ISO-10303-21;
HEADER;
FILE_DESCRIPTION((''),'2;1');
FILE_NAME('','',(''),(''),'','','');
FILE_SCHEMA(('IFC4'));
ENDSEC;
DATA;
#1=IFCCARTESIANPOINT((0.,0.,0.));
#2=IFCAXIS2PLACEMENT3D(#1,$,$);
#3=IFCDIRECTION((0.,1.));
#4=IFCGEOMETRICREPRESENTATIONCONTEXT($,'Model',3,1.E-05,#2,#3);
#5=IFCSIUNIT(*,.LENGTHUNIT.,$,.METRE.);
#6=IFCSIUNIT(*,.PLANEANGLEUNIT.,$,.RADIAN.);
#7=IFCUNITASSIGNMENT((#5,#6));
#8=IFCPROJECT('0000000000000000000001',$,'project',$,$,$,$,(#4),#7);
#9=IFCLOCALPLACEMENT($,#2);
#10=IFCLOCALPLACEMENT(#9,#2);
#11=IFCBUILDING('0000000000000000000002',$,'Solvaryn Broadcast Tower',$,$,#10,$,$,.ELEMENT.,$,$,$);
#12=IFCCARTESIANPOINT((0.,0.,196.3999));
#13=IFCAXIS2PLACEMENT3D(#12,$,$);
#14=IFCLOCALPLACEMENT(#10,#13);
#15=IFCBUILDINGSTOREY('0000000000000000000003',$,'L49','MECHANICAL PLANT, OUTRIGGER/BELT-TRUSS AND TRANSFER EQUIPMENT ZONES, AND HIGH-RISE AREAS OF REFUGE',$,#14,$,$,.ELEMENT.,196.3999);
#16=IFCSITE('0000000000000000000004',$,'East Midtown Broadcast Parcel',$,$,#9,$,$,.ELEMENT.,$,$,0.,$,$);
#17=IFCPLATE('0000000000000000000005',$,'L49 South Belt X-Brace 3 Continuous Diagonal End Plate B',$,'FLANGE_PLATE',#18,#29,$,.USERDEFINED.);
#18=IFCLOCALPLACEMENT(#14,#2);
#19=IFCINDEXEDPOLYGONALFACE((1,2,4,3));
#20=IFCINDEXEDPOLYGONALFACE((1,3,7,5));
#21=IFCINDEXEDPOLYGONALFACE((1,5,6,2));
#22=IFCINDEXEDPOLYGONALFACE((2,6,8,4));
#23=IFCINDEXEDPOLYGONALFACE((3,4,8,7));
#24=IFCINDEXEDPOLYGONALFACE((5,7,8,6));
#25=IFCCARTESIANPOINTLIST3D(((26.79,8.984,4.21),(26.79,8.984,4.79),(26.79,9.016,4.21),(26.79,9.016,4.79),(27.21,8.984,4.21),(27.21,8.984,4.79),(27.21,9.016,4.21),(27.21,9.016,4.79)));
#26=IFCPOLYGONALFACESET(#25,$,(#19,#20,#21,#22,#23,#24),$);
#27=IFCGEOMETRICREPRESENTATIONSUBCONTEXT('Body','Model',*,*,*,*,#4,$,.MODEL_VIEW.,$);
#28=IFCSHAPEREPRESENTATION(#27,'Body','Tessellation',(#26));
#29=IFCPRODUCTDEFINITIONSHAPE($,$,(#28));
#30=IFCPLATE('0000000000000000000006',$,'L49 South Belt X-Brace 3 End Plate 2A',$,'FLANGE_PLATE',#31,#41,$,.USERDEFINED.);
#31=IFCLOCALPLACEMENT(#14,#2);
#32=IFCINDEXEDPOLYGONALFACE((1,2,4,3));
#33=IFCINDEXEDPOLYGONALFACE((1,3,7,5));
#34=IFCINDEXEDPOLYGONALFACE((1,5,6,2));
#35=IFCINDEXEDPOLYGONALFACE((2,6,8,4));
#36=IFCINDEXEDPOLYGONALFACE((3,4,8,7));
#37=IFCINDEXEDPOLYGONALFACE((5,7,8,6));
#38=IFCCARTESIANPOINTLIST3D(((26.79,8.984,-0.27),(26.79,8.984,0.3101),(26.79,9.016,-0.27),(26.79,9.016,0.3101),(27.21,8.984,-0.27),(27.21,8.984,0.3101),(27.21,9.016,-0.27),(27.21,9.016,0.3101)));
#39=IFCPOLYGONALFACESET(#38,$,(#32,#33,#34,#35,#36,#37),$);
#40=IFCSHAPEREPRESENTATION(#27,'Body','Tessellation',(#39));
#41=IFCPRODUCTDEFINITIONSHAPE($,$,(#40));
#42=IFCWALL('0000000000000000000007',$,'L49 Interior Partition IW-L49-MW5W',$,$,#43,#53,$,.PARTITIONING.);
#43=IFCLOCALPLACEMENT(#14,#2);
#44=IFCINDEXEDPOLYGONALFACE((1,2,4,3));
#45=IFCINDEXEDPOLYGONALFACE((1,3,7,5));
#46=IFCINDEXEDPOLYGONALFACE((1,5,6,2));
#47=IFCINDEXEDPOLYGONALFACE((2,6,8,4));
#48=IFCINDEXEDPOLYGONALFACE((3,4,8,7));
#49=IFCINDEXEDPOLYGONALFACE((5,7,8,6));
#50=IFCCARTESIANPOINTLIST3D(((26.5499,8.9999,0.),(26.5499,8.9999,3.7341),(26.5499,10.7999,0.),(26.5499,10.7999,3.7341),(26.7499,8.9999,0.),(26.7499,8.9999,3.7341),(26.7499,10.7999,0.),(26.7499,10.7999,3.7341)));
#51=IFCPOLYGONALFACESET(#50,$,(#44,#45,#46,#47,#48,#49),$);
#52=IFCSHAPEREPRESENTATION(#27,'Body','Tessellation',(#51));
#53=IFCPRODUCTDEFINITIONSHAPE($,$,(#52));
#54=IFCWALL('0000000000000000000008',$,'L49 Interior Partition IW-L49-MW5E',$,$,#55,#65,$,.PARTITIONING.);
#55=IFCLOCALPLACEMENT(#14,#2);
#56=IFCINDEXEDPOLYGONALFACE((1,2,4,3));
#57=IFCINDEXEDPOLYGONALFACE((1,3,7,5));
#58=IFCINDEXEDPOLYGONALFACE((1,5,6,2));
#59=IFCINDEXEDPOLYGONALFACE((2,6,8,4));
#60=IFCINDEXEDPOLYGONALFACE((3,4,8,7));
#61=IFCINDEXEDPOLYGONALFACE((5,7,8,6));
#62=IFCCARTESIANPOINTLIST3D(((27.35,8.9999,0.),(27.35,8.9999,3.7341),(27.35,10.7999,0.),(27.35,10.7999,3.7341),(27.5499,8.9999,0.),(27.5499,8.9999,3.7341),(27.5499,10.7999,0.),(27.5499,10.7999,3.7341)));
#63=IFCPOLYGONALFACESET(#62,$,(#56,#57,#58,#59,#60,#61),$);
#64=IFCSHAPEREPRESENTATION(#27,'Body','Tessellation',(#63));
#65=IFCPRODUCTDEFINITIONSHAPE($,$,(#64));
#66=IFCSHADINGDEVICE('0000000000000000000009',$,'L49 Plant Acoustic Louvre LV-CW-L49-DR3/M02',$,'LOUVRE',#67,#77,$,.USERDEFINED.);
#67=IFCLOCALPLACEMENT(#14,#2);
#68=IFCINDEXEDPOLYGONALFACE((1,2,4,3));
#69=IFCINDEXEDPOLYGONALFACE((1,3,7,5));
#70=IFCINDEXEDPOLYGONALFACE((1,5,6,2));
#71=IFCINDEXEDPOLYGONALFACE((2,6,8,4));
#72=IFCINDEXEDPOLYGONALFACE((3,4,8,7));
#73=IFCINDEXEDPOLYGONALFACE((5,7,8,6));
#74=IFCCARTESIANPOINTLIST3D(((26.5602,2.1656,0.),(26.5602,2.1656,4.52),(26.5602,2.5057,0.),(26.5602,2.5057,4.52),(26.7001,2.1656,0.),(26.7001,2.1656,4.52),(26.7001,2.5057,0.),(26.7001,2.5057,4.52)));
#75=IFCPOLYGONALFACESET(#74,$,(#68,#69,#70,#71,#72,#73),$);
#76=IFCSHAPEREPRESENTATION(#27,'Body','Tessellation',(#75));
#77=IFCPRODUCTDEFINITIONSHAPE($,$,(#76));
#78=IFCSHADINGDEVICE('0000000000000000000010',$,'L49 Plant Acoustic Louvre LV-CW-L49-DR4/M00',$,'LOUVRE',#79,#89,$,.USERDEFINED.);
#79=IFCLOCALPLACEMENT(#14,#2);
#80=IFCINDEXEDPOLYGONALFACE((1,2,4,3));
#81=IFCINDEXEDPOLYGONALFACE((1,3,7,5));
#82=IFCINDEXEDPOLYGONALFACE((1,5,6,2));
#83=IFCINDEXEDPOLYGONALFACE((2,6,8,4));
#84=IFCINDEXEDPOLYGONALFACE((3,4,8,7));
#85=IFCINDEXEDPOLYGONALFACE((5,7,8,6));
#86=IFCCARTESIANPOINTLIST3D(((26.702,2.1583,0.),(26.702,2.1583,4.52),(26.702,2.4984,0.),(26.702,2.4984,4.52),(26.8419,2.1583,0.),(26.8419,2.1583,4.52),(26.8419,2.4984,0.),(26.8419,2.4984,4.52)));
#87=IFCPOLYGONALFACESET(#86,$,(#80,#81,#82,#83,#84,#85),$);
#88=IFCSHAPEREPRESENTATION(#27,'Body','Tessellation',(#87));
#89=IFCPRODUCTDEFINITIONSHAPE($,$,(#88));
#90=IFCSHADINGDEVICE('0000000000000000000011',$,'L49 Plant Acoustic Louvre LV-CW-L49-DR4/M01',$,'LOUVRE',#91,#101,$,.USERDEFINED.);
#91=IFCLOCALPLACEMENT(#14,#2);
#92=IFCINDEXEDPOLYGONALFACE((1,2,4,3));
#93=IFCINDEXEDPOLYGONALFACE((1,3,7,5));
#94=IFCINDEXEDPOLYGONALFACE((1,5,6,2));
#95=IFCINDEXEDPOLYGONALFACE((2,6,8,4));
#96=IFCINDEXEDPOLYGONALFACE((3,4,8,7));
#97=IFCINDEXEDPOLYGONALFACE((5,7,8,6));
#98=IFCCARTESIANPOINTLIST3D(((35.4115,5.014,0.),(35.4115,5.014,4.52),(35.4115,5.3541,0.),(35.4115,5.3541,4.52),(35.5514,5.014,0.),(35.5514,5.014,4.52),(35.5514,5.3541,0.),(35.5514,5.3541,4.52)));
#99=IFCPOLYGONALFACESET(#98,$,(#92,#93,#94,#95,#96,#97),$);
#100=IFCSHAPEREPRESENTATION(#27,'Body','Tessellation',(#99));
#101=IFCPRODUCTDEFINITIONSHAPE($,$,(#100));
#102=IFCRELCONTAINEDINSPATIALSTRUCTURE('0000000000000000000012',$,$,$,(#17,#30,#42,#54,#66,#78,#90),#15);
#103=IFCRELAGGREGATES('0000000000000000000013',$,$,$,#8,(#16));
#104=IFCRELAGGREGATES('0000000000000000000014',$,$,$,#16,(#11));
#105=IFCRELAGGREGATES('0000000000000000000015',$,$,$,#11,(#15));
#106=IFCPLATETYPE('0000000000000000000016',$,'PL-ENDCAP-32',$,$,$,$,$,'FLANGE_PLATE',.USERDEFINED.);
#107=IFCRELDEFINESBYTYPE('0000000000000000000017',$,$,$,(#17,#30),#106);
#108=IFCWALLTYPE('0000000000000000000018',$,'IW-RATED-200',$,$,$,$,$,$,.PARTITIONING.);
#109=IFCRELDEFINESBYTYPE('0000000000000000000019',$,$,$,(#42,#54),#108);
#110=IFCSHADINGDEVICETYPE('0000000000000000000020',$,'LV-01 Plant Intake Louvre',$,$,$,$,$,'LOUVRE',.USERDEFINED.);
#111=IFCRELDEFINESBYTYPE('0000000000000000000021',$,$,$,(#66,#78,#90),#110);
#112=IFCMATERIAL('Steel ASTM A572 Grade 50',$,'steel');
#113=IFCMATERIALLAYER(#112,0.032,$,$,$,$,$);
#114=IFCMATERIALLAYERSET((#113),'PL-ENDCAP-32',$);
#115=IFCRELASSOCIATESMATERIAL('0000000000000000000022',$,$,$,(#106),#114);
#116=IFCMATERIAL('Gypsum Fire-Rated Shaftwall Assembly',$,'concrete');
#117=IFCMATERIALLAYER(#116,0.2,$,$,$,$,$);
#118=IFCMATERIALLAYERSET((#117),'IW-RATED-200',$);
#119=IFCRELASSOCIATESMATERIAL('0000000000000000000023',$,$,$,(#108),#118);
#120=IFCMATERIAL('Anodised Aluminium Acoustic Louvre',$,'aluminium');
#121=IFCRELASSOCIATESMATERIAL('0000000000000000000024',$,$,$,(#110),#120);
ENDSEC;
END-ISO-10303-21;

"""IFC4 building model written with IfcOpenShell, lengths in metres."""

from ifc_helpers import new_model, si_unit, direction, frame, frame_2d, origin, origin_2d, place, context, subcontext, project, spatial, rectangle, extrude, material, layer, layer_set, type_object, element, save


model = new_model("IFC4")

# Units and contexts
model_context = context("Model", 3, precision=1e-05, world=origin(), true_north=direction((0.0, 1.0)))
body_context = subcontext(model_context, "Body", "Model", "MODEL_VIEW")
ifc_project = project(units=[si_unit("LENGTHUNIT", "METRE"), si_unit("PLANEANGLEUNIT", "RADIAN")], contexts=[model_context])

# Site, building, storey
site_placement = place(None, origin())
site = spatial("IfcSite", under=ifc_project, at=site_placement, Name="East Midtown Broadcast Parcel", CompositionType="ELEMENT", RefElevation=0.0)
building_placement = place(site_placement, origin())
building = spatial("IfcBuilding", under=site, at=building_placement, Name="Solvaryn Broadcast Tower", CompositionType="ELEMENT")
storey_placement = place(building_placement, frame((0.0, 0.0, 196.3999)))
storey = spatial("IfcBuildingStorey", under=building, at=storey_placement, Name="L49", Description="MECHANICAL PLANT, OUTRIGGER/BELT-TRUSS AND TRANSFER EQUIPMENT ZONES, AND HIGH-RISE AREAS OF REFUGE", CompositionType="ELEMENT", Elevation=196.3999)

# Plates
ifc_material_1 = material(Name="Steel ASTM A572 Grade 50", Category="steel")
ifc_layer_1 = layer(ifc_material_1, 0.032)
ifc_layer_set_1 = layer_set([ifc_layer_1], Name="PL-ENDCAP-32")
plate_type_1 = type_object("IfcPlateType", Name="PL-ENDCAP-32", ElementType="FLANGE_PLATE", PredefinedType="USERDEFINED", material=ifc_layer_set_1)
for number, where, z_axis, x_axis, name in (
    (1, (27.0, 9.0, 4.21), (0.0, 0.0, 1.0), (1.0, 0.0, 0.0), "L49 South Belt X-Brace 3 Continuous Diagonal End Plate B"),
    (2, (27.0, 9.0, -0.27), (0.0, 0.0, 1.0), (1.0, 0.0, 0.0), "L49 South Belt X-Brace 3 End Plate 2A"),
):
    element("IfcPlate", number, at=place(storey_placement, frame(where, z_axis=z_axis, x_axis=x_axis)), inside=storey, type_object=plate_type_1, Name=name, ObjectType="FLANGE_PLATE", PredefinedType="USERDEFINED", context=body_context, shape_type="SweptSolid", body=[
        extrude(rectangle(XDim=0.4199, YDim=0.032, at=origin_2d()), origin(), (0.0, 0.0, 1.0), 0.5801),
    ])

# Walls
ifc_material_2 = material(Name="Gypsum Fire-Rated Shaftwall Assembly", Category="concrete")
ifc_layer_2 = layer(ifc_material_2, 0.2)
ifc_layer_set_2 = layer_set([ifc_layer_2], Name="IW-RATED-200")
wall_type = type_object("IfcWallType", Name="IW-RATED-200", PredefinedType="PARTITIONING", material=ifc_layer_set_2)
for number, where, z_axis, x_axis, name in (
    (3, (26.6499, 9.0, 0.0), (0.0, 0.0, 1.0), (0.0, 1.0, 0.0), "L49 Interior Partition IW-L49-MW5W"),
    (4, (27.45, 9.0, 0.0), (0.0, 0.0, 1.0), (0.0, 1.0, 0.0), "L49 Interior Partition IW-L49-MW5E"),
):
    element("IfcWall", number, at=place(storey_placement, frame(where, z_axis=z_axis, x_axis=x_axis)), inside=storey, type_object=wall_type, Name=name, PredefinedType="PARTITIONING", context=body_context, shape_type="SweptSolid", body=[
        extrude(rectangle(XDim=1.8, YDim=0.2, at=frame_2d((0.8999, 0.0))), origin(), (0.0, 0.0, 1.0), 3.7341),
    ])

# Shading devices
ifc_material_3 = material(Name="Anodised Aluminium Acoustic Louvre", Category="aluminium")
shading_device_type = type_object("IfcShadingDeviceType", Name="LV-01 Plant Intake Louvre", ElementType="LOUVRE", PredefinedType="USERDEFINED", material=ifc_material_3)
for number, where, z_axis, x_axis, name in (
    (5, (26.6301, 2.3357, 0.0), (0.0, 0.0, 1.0), (1.0, 0.0, 0.0), "L49 Plant Acoustic Louvre LV-CW-L49-DR3/M02"),
    (6, (26.772, 2.3284, 0.0), (0.0, 0.0, 1.0), (1.0, 0.0, 0.0), "L49 Plant Acoustic Louvre LV-CW-L49-DR4/M00"),
    (7, (35.4814, 5.1841, 0.0), (0.0, 0.0, 1.0), (1.0, 0.0, 0.0), "L49 Plant Acoustic Louvre LV-CW-L49-DR4/M01"),
):
    element("IfcShadingDevice", number, at=place(storey_placement, frame(where, z_axis=z_axis, x_axis=x_axis)), inside=storey, type_object=shading_device_type, Name=name, ObjectType="LOUVRE", PredefinedType="USERDEFINED", context=body_context, shape_type="SweptSolid", body=[
        extrude(rectangle(XDim=0.1399, YDim=0.3401, at=origin_2d()), origin(), (0.0, 0.0, 1.0), 4.52),
    ])

save(model, "model.ifc")
